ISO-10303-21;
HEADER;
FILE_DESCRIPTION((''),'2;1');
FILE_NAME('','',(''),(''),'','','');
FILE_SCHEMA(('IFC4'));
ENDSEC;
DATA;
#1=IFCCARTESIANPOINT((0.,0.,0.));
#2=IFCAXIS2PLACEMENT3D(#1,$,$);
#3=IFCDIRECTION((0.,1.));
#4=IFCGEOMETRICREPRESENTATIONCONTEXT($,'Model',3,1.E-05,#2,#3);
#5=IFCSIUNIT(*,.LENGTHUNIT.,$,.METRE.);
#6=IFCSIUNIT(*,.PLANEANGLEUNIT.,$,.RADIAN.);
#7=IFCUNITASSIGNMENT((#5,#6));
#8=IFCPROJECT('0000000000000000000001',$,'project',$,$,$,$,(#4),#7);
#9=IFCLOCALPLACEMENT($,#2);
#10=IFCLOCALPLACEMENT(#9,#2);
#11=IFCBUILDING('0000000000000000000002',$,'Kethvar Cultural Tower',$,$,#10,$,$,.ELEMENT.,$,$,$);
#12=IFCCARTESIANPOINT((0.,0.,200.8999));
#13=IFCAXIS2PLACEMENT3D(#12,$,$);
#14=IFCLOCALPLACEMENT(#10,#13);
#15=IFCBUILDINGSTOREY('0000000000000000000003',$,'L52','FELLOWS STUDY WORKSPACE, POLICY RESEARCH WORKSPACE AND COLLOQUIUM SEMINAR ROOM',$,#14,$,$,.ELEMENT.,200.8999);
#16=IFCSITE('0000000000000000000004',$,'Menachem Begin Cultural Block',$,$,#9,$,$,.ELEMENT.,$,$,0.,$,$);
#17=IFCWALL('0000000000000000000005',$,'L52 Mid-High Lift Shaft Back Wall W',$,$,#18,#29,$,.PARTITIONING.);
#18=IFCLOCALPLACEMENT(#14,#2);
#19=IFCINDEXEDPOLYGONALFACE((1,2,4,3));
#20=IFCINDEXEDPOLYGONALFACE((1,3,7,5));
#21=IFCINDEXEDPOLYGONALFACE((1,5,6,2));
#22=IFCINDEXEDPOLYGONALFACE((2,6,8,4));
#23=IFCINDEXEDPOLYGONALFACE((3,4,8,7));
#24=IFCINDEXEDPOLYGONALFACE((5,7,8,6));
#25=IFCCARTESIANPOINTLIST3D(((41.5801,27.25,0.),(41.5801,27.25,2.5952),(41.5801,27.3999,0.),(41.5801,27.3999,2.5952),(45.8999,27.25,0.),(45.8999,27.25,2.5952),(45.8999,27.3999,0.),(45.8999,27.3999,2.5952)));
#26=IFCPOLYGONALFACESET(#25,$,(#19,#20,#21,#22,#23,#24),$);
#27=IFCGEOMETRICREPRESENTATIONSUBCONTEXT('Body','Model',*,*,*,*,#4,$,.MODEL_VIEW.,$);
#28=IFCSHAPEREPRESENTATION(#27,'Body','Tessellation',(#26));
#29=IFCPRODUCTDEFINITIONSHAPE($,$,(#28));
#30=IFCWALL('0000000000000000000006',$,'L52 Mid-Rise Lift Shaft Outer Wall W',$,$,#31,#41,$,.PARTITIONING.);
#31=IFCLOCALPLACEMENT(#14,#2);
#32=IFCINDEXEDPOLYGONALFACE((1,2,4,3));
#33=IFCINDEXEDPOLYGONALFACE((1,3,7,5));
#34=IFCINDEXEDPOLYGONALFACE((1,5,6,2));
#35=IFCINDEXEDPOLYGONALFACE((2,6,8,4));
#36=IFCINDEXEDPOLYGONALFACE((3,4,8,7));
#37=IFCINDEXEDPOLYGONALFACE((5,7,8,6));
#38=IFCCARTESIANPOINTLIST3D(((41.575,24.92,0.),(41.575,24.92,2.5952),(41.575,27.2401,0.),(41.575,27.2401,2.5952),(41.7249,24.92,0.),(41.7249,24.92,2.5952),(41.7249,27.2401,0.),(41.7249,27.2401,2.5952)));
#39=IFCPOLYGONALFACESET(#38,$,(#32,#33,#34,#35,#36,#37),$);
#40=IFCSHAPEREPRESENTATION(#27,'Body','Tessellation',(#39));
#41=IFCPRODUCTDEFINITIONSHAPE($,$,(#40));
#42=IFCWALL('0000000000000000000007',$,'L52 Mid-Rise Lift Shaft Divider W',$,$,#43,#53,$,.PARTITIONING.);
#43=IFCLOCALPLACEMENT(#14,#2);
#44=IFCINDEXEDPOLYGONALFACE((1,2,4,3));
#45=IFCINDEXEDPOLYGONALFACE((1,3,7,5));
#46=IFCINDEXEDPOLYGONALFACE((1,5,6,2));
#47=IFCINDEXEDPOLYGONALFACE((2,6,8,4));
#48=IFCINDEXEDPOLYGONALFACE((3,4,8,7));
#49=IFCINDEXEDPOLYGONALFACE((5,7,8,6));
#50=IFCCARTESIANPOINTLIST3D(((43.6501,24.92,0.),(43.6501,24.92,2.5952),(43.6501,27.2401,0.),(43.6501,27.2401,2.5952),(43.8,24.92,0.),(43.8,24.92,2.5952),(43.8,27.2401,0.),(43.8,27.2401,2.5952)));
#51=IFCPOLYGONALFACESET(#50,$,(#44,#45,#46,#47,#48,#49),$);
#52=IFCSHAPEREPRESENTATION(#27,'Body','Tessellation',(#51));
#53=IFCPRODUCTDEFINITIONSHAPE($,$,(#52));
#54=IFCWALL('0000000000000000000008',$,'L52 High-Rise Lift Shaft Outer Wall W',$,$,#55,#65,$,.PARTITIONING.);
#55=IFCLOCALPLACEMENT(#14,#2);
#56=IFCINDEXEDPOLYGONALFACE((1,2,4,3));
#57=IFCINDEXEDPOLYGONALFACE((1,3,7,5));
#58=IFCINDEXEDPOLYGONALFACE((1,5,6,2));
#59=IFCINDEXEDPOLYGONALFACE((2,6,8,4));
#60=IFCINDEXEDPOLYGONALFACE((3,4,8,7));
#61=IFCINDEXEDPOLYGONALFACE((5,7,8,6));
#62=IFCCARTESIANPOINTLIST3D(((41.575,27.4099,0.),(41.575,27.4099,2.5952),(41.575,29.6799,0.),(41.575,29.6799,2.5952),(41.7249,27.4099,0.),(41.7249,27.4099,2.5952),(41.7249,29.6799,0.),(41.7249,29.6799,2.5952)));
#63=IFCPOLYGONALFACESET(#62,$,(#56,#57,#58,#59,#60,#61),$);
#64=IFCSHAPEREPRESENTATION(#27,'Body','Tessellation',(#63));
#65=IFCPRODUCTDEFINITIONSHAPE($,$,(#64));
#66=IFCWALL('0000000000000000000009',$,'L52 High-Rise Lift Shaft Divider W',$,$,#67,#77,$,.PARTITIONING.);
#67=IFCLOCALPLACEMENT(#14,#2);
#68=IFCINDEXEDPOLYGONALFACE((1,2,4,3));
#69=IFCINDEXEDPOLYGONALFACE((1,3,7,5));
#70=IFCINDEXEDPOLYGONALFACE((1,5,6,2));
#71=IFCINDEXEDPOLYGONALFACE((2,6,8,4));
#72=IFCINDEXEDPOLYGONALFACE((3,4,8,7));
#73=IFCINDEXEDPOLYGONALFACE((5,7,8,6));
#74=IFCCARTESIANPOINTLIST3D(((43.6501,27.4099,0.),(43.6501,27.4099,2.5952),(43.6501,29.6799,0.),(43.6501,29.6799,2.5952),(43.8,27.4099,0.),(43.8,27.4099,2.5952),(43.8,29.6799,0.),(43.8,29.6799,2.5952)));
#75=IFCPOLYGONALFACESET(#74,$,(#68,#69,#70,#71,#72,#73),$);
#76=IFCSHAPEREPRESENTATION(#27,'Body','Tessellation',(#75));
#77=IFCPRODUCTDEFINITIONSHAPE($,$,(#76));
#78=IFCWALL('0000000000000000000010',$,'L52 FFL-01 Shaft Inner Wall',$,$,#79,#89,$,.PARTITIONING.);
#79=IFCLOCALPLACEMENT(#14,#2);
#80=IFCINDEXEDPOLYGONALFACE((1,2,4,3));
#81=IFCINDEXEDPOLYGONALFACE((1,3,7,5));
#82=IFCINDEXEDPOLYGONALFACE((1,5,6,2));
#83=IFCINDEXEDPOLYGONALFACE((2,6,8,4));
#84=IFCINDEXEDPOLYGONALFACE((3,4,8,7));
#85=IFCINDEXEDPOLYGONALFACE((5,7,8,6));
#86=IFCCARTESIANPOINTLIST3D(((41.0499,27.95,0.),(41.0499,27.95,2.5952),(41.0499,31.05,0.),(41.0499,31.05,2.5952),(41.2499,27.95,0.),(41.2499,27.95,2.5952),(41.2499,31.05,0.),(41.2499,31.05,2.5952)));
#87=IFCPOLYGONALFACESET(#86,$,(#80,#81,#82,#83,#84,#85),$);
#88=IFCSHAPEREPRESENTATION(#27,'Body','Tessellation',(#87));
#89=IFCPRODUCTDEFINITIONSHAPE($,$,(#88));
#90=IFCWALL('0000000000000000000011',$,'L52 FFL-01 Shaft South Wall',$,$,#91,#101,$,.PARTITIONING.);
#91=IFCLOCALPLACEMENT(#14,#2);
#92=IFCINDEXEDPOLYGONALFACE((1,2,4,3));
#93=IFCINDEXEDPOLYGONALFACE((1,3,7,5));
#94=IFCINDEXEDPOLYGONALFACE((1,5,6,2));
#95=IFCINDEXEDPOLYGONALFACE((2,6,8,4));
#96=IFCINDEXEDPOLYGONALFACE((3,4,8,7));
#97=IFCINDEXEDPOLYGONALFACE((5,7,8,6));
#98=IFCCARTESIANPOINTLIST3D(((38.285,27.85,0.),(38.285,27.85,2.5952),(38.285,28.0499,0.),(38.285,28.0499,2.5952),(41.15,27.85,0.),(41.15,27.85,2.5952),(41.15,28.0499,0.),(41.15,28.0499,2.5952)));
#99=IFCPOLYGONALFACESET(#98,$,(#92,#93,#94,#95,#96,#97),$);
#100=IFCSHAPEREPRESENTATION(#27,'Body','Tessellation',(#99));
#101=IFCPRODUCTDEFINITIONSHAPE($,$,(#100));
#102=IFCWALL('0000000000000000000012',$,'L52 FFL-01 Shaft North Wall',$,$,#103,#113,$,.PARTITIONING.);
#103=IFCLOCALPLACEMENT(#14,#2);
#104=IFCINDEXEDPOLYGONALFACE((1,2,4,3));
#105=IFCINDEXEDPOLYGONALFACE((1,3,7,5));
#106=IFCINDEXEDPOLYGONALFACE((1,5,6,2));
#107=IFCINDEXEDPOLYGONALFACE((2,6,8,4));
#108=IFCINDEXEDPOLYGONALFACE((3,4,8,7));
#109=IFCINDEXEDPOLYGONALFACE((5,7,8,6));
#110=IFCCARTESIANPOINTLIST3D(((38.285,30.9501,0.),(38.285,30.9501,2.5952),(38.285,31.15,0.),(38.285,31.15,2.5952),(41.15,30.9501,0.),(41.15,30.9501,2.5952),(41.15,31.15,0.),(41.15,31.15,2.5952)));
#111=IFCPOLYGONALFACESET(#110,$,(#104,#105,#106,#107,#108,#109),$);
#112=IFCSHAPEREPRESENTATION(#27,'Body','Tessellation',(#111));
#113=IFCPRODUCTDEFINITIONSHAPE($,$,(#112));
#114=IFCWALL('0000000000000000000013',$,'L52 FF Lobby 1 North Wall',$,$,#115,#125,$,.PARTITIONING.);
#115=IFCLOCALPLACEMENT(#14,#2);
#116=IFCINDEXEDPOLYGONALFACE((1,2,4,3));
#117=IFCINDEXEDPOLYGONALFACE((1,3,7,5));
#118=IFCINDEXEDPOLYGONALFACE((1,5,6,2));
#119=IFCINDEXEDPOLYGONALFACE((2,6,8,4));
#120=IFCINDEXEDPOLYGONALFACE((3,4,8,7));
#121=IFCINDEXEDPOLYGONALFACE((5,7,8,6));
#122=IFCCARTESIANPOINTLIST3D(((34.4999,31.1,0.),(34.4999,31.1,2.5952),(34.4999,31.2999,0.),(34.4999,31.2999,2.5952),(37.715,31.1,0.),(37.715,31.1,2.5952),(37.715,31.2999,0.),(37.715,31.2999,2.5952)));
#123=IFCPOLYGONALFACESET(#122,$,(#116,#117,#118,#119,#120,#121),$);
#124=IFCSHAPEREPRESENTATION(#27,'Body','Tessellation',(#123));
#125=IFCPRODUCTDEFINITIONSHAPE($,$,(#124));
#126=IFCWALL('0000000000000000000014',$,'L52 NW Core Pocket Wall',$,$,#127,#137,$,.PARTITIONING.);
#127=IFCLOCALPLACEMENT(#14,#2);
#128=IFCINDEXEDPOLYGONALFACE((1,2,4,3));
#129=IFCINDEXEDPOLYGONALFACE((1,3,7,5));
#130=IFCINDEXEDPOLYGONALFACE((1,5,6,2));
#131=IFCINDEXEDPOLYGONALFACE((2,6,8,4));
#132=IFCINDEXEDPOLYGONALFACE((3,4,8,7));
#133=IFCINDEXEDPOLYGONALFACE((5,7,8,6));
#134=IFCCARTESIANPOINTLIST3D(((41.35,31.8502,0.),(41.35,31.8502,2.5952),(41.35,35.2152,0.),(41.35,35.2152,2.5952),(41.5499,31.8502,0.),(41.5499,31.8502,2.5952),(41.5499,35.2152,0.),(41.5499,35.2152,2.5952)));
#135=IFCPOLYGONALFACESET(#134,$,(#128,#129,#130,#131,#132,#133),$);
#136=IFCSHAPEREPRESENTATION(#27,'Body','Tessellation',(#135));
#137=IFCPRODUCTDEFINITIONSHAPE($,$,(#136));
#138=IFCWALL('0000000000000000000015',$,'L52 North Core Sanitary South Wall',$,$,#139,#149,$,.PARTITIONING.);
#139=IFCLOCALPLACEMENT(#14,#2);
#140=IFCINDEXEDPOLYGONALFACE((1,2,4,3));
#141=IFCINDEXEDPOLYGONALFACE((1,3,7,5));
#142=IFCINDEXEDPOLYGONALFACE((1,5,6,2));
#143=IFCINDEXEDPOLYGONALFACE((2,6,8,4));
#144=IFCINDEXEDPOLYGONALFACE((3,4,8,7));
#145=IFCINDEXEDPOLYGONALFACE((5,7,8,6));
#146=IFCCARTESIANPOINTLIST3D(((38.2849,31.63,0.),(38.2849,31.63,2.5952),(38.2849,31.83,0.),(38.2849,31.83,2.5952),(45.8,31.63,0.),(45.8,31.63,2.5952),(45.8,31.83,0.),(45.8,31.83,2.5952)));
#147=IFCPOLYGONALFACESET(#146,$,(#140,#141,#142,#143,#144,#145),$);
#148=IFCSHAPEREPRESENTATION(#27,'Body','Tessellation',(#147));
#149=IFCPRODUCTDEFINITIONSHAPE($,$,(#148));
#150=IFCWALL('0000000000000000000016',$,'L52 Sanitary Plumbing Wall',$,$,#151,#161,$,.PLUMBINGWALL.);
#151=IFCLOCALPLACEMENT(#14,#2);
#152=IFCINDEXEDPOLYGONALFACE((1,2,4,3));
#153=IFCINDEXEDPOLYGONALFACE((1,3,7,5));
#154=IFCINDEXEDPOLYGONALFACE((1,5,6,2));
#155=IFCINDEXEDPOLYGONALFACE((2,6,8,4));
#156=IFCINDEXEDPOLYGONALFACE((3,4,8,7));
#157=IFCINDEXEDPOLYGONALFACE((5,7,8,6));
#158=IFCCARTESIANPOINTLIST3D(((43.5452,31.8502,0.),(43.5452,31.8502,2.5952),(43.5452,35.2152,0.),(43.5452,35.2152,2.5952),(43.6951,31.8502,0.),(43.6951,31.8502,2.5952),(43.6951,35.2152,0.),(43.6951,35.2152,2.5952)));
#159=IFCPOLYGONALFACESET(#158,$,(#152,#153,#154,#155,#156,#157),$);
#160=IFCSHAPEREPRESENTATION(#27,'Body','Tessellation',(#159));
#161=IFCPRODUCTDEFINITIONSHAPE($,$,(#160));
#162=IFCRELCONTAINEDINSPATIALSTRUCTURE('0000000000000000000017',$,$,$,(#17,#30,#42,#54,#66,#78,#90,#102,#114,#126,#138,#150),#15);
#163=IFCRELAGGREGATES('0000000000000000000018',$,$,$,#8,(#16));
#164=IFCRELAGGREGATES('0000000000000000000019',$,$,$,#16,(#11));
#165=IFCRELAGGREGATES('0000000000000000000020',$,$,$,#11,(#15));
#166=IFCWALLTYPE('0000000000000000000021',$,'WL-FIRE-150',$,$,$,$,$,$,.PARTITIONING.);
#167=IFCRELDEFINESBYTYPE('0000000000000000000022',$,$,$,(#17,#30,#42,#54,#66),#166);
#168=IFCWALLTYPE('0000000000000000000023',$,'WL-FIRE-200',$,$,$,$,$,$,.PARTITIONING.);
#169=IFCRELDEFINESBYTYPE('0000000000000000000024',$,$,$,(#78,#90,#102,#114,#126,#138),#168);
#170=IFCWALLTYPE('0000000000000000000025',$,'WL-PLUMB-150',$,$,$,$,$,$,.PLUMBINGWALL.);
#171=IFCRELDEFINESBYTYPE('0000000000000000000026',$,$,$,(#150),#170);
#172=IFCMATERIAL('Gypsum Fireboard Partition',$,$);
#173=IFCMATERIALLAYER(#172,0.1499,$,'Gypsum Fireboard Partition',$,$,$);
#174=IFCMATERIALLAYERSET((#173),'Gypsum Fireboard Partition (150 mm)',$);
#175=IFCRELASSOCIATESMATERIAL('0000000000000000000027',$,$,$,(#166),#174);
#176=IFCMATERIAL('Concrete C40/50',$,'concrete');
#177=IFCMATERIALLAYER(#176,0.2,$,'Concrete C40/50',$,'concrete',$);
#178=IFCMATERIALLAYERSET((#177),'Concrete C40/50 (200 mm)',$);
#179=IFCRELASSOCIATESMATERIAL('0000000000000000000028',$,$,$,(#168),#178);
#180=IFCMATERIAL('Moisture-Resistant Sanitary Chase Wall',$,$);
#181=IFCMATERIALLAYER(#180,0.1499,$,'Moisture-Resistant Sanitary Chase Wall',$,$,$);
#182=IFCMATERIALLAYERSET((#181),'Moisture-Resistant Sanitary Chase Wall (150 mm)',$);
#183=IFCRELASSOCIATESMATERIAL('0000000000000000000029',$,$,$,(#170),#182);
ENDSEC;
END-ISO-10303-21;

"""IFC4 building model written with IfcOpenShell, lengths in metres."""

from ifc_helpers import new_model, si_unit, direction, frame, frame_2d, origin, place, context, subcontext, project, spatial, rectangle, extrude, material, layer, layer_set, type_object, element, save


model = new_model("IFC4")

# Units and contexts
model_context = context("Model", 3, precision=1e-05, world=origin(), true_north=direction((0.0, 1.0)))
body_context = subcontext(model_context, "Body", "Model", "MODEL_VIEW")
ifc_project = project(units=[si_unit("LENGTHUNIT", "METRE"), si_unit("PLANEANGLEUNIT", "RADIAN")], contexts=[model_context])

# Site, building, storey
site_placement = place(None, origin())
site = spatial("IfcSite", under=ifc_project, at=site_placement, Name="Menachem Begin Cultural Block", CompositionType="ELEMENT", RefElevation=0.0)
building_placement = place(site_placement, origin())
building = spatial("IfcBuilding", under=site, at=building_placement, Name="Kethvar Cultural Tower", CompositionType="ELEMENT")
storey_placement = place(building_placement, frame((0.0, 0.0, 200.8999)))
storey = spatial("IfcBuildingStorey", under=building, at=storey_placement, Name="L52", Description="FELLOWS STUDY WORKSPACE, POLICY RESEARCH WORKSPACE AND COLLOQUIUM SEMINAR ROOM", CompositionType="ELEMENT", Elevation=200.8999)

# Walls
ifc_material_1 = material(Name="Gypsum Fireboard Partition")
ifc_layer_1 = layer(ifc_material_1, 0.1499, Name="Gypsum Fireboard Partition")
ifc_layer_set_1 = layer_set([ifc_layer_1], Name="Gypsum Fireboard Partition (150 mm)")
wall_type_1 = type_object("IfcWallType", Name="WL-FIRE-150", PredefinedType="PARTITIONING", material=ifc_layer_set_1)
wall_1_placement = place(storey_placement, frame((41.5801, 27.325, 0.0), z_axis=(0.0, 0.0, 1.0), x_axis=(1.0, 0.0, 0.0)))
element("IfcWall", 1, at=wall_1_placement, inside=storey, type_object=wall_type_1, Name="L52 Mid-High Lift Shaft Back Wall W", PredefinedType="PARTITIONING", context=body_context, shape_type="SweptSolid", body=[
    extrude(rectangle(XDim=4.3198, YDim=0.1499, at=frame_2d((2.1599, 0.0))), origin(), (0.0, 0.0, 1.0), 2.5952),
])
for number, where, z_axis, x_axis, name in (
    (2, (41.6499, 24.9199, 0.0), (0.0, 0.0, 1.0), (0.0, 1.0, 0.0), "L52 Mid-Rise Lift Shaft Outer Wall W"),
    (3, (43.7251, 24.9199, 0.0), (0.0, 0.0, 1.0), (0.0, 1.0, 0.0), "L52 Mid-Rise Lift Shaft Divider W"),
):
    element("IfcWall", number, at=place(storey_placement, frame(where, z_axis=z_axis, x_axis=x_axis)), inside=storey, type_object=wall_type_1, Name=name, PredefinedType="PARTITIONING", context=body_context, shape_type="SweptSolid", body=[
        extrude(rectangle(XDim=2.3201, YDim=0.1499, at=frame_2d((1.1602, 0.0))), origin(), (0.0, 0.0, 1.0), 2.5952),
    ])
for number, where, z_axis, x_axis, name in (
    (4, (41.6499, 27.4099, 0.0), (0.0, 0.0, 1.0), (0.0, 1.0, 0.0), "L52 High-Rise Lift Shaft Outer Wall W"),
    (5, (43.7251, 27.4099, 0.0), (0.0, 0.0, 1.0), (0.0, 1.0, 0.0), "L52 High-Rise Lift Shaft Divider W"),
):
    element("IfcWall", number, at=place(storey_placement, frame(where, z_axis=z_axis, x_axis=x_axis)), inside=storey, type_object=wall_type_1, Name=name, PredefinedType="PARTITIONING", context=body_context, shape_type="SweptSolid", body=[
        extrude(rectangle(XDim=2.27, YDim=0.1499, at=frame_2d((1.135, 0.0))), origin(), (0.0, 0.0, 1.0), 2.5952),
    ])
ifc_material_2 = material(Name="Concrete C40/50", Category="concrete")
ifc_layer_2 = layer(ifc_material_2, 0.2, Name="Concrete C40/50", Category="concrete")
ifc_layer_set_2 = layer_set([ifc_layer_2], Name="Concrete C40/50 (200 mm)")
wall_type_2 = type_object("IfcWallType", Name="WL-FIRE-200", PredefinedType="PARTITIONING", material=ifc_layer_set_2)
wall_2_placement = place(storey_placement, frame((41.1499, 27.95, 0.0), z_axis=(0.0, 0.0, 1.0), x_axis=(0.0, 1.0, 0.0)))
element("IfcWall", 6, at=wall_2_placement, inside=storey, type_object=wall_type_2, Name="L52 FFL-01 Shaft Inner Wall", PredefinedType="PARTITIONING", context=body_context, shape_type="SweptSolid", body=[
    extrude(rectangle(XDim=3.1001, YDim=0.2, at=frame_2d((1.55, 0.0))), origin(), (0.0, 0.0, 1.0), 2.5952),
])
for number, where, z_axis, x_axis, name in (
    (7, (38.2849, 27.95, 0.0), (0.0, 0.0, 1.0), (1.0, 0.0, 0.0), "L52 FFL-01 Shaft South Wall"),
    (8, (38.2849, 31.05, 0.0), (0.0, 0.0, 1.0), (1.0, 0.0, 0.0), "L52 FFL-01 Shaft North Wall"),
):
    element("IfcWall", number, at=place(storey_placement, frame(where, z_axis=z_axis, x_axis=x_axis)), inside=storey, type_object=wall_type_2, Name=name, PredefinedType="PARTITIONING", context=body_context, shape_type="SweptSolid", body=[
        extrude(rectangle(XDim=2.865, YDim=0.2, at=frame_2d((1.4326, 0.0))), origin(), (0.0, 0.0, 1.0), 2.5952),
    ])
wall_3_placement = place(storey_placement, frame((34.5, 31.2, 0.0), z_axis=(0.0, 0.0, 1.0), x_axis=(1.0, 0.0, 0.0)))
element("IfcWall", 9, at=wall_3_placement, inside=storey, type_object=wall_type_2, Name="L52 FF Lobby 1 North Wall", PredefinedType="PARTITIONING", context=body_context, shape_type="SweptSolid", body=[
    extrude(rectangle(XDim=3.2151, YDim=0.2, at=frame_2d((1.6074, 0.0))), origin(), (0.0, 0.0, 1.0), 2.5952),
])
wall_4_placement = place(storey_placement, frame((41.45, 31.8501, 0.0), z_axis=(0.0, 0.0, 1.0), x_axis=(0.0, 1.0, 0.0)))
element("IfcWall", 10, at=wall_4_placement, inside=storey, type_object=wall_type_2, Name="L52 NW Core Pocket Wall", PredefinedType="PARTITIONING", context=body_context, shape_type="SweptSolid", body=[
    extrude(rectangle(XDim=3.365, YDim=0.2, at=frame_2d((1.6826, 0.0))), origin(), (0.0, 0.0, 1.0), 2.5952),
])
wall_5_placement = place(storey_placement, frame((38.2849, 31.73, 0.0), z_axis=(0.0, 0.0, 1.0), x_axis=(1.0, 0.0, 0.0)))
element("IfcWall", 11, at=wall_5_placement, inside=storey, type_object=wall_type_2, Name="L52 North Core Sanitary South Wall", PredefinedType="PARTITIONING", context=body_context, shape_type="SweptSolid", body=[
    extrude(rectangle(XDim=7.5151, YDim=0.2, at=frame_2d((3.7576, 0.0))), origin(), (0.0, 0.0, 1.0), 2.5952),
])
ifc_material_3 = material(Name="Moisture-Resistant Sanitary Chase Wall")
ifc_layer_3 = layer(ifc_material_3, 0.1499, Name="Moisture-Resistant Sanitary Chase Wall")
ifc_layer_set_3 = layer_set([ifc_layer_3], Name="Moisture-Resistant Sanitary Chase Wall (150 mm)")
wall_type_3 = type_object("IfcWallType", Name="WL-PLUMB-150", PredefinedType="PLUMBINGWALL", material=ifc_layer_set_3)
wall_6_placement = place(storey_placement, frame((43.6201, 31.8501, 0.0), z_axis=(0.0, 0.0, 1.0), x_axis=(0.0, 1.0, 0.0)))
element("IfcWall", 12, at=wall_6_placement, inside=storey, type_object=wall_type_3, Name="L52 Sanitary Plumbing Wall", PredefinedType="PLUMBINGWALL", context=body_context, shape_type="SweptSolid", body=[
    extrude(rectangle(XDim=3.365, YDim=0.1499, at=frame_2d((1.6826, 0.0))), origin(), (0.0, 0.0, 1.0), 2.5952),
])

save(model, "model.ifc")
